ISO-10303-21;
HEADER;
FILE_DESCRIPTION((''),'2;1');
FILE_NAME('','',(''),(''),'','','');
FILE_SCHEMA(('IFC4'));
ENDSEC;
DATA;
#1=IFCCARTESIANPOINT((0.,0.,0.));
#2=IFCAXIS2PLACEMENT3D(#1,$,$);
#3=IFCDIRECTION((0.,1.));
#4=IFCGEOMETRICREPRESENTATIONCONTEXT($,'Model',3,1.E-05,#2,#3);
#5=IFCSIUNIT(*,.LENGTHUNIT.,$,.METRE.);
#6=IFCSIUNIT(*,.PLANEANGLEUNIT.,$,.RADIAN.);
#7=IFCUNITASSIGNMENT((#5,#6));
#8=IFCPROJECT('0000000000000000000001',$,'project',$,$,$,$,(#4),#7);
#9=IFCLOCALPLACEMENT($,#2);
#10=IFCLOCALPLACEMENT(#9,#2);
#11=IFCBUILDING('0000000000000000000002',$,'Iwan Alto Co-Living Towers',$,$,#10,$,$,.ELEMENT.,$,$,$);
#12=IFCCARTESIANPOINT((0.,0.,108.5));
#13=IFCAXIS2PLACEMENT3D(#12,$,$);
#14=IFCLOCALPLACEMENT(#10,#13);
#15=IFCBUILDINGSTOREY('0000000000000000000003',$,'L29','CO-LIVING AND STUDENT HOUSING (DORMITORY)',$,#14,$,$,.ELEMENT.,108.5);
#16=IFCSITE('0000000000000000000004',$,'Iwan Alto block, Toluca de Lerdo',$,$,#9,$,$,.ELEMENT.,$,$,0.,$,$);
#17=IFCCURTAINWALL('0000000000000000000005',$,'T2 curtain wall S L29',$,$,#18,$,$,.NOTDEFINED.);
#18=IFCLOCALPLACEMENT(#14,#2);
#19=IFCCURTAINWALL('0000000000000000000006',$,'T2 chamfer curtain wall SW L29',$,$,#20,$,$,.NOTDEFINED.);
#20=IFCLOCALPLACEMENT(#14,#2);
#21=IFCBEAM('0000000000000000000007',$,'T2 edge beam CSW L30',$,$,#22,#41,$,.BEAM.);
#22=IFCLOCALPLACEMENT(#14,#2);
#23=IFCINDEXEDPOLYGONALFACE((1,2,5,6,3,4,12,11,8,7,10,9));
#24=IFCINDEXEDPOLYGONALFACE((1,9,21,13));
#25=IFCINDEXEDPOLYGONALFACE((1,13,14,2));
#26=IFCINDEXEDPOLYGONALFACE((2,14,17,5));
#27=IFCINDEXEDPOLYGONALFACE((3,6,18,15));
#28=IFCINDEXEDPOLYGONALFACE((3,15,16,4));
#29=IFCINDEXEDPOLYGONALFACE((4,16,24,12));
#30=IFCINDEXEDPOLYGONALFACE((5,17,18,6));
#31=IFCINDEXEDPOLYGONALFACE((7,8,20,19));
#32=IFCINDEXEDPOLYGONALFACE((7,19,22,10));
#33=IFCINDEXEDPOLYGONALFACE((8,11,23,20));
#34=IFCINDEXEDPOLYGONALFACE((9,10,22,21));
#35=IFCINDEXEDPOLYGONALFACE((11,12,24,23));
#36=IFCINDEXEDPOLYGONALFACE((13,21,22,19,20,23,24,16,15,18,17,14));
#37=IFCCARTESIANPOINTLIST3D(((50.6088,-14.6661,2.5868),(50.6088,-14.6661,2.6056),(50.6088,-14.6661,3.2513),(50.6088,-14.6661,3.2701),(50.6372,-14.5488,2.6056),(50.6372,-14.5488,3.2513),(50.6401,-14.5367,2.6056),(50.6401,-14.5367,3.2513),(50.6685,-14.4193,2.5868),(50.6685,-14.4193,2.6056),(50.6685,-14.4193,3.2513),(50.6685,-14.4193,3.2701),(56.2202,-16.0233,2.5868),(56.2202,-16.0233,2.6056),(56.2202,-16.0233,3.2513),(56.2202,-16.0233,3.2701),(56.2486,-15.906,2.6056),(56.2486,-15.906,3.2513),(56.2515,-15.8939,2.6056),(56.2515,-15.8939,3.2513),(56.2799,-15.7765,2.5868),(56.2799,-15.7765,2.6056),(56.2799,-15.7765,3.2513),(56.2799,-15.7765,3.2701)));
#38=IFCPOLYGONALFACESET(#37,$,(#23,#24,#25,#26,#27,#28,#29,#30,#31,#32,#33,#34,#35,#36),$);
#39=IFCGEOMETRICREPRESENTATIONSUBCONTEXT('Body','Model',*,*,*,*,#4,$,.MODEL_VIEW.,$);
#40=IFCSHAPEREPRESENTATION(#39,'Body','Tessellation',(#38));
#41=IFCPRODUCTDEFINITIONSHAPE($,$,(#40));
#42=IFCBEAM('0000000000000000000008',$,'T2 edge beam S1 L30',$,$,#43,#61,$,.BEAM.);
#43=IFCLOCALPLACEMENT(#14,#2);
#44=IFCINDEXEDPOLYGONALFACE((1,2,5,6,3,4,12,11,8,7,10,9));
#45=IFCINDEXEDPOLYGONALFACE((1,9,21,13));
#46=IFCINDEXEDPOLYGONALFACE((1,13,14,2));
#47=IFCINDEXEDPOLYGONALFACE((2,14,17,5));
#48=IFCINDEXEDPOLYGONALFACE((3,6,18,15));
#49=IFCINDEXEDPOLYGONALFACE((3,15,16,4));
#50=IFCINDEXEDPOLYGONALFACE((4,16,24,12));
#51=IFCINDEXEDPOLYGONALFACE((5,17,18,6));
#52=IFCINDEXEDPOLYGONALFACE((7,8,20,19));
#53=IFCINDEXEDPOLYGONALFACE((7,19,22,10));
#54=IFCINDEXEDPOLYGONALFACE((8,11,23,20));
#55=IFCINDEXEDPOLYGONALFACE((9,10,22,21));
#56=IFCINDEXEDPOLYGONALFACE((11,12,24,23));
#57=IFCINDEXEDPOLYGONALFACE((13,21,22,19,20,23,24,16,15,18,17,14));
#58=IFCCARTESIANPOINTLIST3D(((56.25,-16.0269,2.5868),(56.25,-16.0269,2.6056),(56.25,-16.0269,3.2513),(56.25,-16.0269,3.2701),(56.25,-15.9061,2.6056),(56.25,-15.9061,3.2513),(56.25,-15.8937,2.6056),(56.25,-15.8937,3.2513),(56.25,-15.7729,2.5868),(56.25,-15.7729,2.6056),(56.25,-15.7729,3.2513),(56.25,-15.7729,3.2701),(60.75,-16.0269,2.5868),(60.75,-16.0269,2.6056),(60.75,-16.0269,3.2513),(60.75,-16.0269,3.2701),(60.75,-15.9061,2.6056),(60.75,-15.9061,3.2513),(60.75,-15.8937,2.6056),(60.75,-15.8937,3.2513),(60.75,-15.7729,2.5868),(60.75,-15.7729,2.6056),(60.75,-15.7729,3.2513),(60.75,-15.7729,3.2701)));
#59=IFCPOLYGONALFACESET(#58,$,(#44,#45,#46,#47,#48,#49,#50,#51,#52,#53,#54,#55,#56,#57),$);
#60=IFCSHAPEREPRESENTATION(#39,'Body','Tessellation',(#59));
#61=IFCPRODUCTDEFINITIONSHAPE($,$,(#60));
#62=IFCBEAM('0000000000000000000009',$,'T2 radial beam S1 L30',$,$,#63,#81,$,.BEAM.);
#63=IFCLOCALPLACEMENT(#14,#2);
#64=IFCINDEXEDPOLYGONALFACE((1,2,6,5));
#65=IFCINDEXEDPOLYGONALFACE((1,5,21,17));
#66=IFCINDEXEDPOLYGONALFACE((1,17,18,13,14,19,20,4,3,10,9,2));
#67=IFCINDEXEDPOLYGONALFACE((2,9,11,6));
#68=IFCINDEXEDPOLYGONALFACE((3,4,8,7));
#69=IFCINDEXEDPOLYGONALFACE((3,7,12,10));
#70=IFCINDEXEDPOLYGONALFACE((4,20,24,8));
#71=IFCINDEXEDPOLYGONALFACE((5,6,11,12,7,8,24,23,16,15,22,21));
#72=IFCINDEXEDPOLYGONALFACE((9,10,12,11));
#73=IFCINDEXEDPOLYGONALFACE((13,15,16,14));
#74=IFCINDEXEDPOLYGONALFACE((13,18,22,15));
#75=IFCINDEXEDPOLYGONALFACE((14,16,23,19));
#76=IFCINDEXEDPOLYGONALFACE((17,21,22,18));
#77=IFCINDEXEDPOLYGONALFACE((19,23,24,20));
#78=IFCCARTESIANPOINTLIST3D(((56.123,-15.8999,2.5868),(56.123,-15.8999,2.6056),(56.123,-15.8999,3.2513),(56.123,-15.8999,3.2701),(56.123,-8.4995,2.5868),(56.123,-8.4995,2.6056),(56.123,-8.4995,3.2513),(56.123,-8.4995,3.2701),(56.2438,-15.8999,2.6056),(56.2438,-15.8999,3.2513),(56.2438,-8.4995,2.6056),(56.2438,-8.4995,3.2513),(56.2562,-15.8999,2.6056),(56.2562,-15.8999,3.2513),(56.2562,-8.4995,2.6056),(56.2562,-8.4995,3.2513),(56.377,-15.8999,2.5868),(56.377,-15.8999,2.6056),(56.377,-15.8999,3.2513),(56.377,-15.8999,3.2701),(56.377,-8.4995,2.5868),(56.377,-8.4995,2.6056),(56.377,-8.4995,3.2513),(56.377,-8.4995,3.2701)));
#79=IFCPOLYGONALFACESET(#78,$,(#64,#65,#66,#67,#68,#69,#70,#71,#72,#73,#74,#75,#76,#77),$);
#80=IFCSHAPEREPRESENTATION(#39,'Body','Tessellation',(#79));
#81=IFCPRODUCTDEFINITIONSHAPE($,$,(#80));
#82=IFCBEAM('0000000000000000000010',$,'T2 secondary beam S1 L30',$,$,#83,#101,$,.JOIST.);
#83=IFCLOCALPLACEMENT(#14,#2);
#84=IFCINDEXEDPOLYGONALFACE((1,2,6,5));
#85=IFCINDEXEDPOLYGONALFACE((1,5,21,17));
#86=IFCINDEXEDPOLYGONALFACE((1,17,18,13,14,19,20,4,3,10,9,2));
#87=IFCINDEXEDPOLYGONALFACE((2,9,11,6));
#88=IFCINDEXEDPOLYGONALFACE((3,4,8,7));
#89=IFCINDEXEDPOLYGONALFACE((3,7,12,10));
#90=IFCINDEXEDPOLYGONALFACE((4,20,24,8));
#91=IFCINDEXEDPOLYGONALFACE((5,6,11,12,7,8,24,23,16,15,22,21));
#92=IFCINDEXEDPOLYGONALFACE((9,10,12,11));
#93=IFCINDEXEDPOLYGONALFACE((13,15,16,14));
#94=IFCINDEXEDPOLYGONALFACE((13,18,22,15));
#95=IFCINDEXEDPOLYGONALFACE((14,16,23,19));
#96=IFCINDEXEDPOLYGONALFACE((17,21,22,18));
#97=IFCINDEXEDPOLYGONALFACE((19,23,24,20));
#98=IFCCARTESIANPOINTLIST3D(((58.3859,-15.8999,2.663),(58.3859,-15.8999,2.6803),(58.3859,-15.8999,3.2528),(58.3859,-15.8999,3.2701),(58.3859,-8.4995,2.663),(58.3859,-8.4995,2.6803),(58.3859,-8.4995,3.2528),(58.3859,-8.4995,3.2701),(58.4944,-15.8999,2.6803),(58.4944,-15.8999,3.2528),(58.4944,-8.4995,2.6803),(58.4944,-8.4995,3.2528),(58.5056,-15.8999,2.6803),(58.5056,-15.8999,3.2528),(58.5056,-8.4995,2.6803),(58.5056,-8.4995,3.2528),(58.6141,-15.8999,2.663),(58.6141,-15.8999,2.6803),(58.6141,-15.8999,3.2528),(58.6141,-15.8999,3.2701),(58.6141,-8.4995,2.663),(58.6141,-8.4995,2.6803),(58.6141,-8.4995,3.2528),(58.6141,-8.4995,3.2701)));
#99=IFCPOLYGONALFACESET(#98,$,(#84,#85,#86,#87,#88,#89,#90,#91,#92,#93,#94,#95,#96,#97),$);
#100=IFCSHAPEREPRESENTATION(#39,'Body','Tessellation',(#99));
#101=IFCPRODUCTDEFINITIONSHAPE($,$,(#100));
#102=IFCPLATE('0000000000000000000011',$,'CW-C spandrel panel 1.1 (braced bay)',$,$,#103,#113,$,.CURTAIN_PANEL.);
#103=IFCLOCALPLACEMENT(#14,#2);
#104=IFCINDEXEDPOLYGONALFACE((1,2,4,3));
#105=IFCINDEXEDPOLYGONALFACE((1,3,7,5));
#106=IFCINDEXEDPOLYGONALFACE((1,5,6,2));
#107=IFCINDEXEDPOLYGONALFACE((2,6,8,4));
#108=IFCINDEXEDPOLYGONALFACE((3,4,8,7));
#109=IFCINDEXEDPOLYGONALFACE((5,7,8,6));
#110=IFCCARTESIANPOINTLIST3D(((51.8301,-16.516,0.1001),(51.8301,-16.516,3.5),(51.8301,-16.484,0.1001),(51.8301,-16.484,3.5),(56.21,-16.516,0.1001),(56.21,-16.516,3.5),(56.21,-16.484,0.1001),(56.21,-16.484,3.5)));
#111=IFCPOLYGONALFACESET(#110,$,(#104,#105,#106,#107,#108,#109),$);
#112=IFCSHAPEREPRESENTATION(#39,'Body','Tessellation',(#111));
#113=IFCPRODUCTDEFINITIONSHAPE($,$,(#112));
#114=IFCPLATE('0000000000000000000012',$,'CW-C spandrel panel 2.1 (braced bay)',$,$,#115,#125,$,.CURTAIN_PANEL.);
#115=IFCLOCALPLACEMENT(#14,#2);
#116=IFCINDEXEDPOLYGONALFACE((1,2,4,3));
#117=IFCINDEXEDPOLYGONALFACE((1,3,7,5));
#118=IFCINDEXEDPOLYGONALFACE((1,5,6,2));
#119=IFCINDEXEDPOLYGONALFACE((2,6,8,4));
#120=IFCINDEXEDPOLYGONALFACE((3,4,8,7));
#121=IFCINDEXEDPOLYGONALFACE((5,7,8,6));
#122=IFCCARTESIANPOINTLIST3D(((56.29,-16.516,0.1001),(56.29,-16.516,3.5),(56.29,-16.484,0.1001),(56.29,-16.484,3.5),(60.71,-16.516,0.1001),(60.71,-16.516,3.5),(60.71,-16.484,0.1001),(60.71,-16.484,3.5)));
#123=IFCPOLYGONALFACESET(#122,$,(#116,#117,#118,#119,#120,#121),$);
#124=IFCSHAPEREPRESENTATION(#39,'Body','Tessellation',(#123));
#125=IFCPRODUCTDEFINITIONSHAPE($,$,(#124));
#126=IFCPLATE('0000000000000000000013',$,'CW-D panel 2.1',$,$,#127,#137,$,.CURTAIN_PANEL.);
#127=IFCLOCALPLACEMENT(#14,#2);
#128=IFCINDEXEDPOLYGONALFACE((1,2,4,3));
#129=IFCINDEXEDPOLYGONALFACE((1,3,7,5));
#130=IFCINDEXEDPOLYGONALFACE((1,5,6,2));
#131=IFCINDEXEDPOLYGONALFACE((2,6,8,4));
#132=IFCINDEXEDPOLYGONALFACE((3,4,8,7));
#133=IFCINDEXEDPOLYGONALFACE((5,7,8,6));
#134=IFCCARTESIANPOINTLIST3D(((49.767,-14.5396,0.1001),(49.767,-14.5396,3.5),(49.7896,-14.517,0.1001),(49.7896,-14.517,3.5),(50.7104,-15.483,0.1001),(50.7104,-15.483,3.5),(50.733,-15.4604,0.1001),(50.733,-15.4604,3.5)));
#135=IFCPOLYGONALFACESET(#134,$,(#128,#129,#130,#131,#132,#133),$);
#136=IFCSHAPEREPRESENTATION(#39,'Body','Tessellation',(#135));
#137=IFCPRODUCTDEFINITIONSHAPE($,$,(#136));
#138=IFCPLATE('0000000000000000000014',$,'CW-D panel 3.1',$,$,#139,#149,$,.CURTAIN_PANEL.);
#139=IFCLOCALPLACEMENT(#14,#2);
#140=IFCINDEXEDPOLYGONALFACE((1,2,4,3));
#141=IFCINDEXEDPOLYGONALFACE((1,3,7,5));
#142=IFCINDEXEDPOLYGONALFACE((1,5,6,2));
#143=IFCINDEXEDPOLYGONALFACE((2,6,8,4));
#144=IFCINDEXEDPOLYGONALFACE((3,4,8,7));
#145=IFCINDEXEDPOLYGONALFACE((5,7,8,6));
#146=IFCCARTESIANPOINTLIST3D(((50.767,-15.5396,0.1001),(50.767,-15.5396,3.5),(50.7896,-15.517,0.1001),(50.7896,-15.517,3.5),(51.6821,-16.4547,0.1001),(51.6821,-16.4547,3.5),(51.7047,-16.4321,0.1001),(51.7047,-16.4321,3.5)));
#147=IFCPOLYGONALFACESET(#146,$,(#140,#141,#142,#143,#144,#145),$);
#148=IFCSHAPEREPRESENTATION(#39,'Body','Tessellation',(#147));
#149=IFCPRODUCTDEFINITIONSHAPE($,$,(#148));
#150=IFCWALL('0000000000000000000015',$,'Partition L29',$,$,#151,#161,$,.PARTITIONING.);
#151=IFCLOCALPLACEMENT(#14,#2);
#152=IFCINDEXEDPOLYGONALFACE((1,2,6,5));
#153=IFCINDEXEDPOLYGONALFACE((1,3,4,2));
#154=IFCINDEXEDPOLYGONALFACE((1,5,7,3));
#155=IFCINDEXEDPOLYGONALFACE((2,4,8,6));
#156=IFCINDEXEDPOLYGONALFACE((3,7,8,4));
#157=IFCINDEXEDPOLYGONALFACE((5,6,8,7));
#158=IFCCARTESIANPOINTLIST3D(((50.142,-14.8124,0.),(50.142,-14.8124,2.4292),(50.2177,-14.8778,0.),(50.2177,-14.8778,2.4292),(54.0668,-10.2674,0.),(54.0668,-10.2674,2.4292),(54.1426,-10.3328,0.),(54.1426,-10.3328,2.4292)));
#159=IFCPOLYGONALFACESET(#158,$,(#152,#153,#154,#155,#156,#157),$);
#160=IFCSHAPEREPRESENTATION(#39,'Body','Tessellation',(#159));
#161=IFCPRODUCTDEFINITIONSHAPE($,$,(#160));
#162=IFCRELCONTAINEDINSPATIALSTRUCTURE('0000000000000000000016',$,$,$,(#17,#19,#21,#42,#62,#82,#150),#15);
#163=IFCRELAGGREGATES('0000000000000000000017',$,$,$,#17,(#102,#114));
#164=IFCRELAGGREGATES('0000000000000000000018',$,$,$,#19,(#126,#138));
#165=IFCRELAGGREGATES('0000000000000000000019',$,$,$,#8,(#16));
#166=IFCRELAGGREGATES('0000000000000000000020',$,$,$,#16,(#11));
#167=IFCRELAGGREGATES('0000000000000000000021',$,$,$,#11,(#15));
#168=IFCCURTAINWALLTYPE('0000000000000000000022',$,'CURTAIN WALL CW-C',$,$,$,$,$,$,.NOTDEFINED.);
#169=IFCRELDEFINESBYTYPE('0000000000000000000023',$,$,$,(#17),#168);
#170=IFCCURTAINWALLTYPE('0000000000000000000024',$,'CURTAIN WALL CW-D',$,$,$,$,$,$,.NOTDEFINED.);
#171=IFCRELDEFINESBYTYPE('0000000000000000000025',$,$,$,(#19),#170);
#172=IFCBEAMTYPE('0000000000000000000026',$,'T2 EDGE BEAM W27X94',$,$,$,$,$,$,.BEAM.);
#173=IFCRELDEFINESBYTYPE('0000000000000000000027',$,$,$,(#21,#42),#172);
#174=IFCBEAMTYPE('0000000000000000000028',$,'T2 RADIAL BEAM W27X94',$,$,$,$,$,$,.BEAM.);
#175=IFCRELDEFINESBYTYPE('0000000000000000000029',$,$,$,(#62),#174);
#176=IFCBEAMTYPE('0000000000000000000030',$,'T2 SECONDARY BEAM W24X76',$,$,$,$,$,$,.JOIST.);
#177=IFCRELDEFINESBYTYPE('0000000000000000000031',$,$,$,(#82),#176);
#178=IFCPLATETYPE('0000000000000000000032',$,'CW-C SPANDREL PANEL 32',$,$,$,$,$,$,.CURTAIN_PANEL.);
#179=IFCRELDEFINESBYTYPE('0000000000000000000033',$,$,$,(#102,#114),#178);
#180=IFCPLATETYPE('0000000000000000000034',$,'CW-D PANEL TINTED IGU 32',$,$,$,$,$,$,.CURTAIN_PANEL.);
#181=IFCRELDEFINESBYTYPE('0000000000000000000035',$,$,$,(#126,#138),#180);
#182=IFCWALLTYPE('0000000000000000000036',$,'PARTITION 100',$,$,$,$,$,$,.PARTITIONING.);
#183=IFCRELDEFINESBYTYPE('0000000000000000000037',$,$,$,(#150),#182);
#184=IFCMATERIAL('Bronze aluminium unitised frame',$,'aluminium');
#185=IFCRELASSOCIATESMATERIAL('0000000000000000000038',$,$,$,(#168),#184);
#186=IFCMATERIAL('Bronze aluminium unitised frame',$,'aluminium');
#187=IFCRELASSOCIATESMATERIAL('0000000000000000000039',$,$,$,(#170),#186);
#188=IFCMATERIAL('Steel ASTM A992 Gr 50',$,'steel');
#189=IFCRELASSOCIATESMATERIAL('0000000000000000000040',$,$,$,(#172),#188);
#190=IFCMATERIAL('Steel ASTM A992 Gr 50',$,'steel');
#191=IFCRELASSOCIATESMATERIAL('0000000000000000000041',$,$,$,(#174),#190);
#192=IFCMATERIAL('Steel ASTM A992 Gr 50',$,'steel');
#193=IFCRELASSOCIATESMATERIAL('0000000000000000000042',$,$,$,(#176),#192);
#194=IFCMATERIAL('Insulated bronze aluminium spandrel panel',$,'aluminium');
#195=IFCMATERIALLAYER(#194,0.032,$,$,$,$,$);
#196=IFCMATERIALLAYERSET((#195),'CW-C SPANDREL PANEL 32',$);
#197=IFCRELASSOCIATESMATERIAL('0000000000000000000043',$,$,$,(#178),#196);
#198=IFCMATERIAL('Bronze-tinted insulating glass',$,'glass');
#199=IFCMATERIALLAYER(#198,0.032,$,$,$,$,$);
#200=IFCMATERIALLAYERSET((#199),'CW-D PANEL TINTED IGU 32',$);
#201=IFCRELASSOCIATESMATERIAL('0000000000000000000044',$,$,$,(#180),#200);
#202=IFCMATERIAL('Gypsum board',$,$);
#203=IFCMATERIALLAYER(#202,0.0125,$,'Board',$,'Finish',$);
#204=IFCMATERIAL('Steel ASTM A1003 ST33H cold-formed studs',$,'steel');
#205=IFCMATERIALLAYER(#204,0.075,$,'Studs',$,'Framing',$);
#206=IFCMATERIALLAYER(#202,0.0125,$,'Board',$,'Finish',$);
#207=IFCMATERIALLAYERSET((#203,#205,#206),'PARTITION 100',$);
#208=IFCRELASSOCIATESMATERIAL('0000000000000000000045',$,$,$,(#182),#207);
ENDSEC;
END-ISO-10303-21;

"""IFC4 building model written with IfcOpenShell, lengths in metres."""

from ifc_helpers import new_model, si_unit, direction, frame, frame_2d, origin, origin_2d, place, context, subcontext, project, spatial, rectangle, i_section, extrude, material, layer, layer_set, material_profile, profile_set, type_object, element, aggregate, save


model = new_model("IFC4")

# Units and contexts
model_context = context("Model", 3, precision=1e-05, world=origin(), true_north=direction((0.0, 1.0)))
body_context = subcontext(model_context, "Body", "Model", "MODEL_VIEW")
ifc_project = project(units=[si_unit("LENGTHUNIT", "METRE"), si_unit("PLANEANGLEUNIT", "RADIAN")], contexts=[model_context])

# Site, building, storey
site_placement = place(None, origin())
site = spatial("IfcSite", under=ifc_project, at=site_placement, Name="Iwan Alto block, Toluca de Lerdo", CompositionType="ELEMENT", RefElevation=0.0)
building_placement = place(site_placement, origin())
building = spatial("IfcBuilding", under=site, at=building_placement, Name="Iwan Alto Co-Living Towers", CompositionType="ELEMENT")
storey_placement = place(building_placement, frame((0.0, 0.0, 108.5)))
storey = spatial("IfcBuildingStorey", under=building, at=storey_placement, Name="L29", Description="CO-LIVING AND STUDENT HOUSING (DORMITORY)", CompositionType="ELEMENT", Elevation=108.5)

# Curtain walls
ifc_material_1 = material(Name="Bronze aluminium unitised frame", Category="aluminium")
curtain_wall_type_1 = type_object("IfcCurtainWallType", Name="CURTAIN WALL CW-C", PredefinedType="NOTDEFINED", material=ifc_material_1)
curtain_wall_1_placement = place(storey_placement, origin())
curtain_wall_1 = element("IfcCurtainWall", 1, at=curtain_wall_1_placement, inside=storey, type_object=curtain_wall_type_1, Name="T2 curtain wall S L29", PredefinedType="NOTDEFINED")
ifc_material_2 = material(Name="Bronze aluminium unitised frame", Category="aluminium")
curtain_wall_type_2 = type_object("IfcCurtainWallType", Name="CURTAIN WALL CW-D", PredefinedType="NOTDEFINED", material=ifc_material_2)
curtain_wall_2_placement = place(storey_placement, origin())
curtain_wall_2 = element("IfcCurtainWall", 2, at=curtain_wall_2_placement, inside=storey, type_object=curtain_wall_type_2, Name="T2 chamfer curtain wall SW L29", PredefinedType="NOTDEFINED")

# Beams
ifc_material_3 = material(Name="Steel ASTM A992 Gr 50", Category="steel")
ifc_material_profile_1 = material_profile(ifc_material_3, i_section(OverallWidth=0.2539, OverallDepth=0.6833, WebThickness=0.0125, FlangeThickness=0.0188, at=origin_2d()), Name="W27X94")
ifc_profile_set_1 = profile_set([ifc_material_profile_1], Name="Steel ASTM A992 Gr 50")
beam_type_1 = type_object("IfcBeamType", Name="T2 EDGE BEAM W27X94", PredefinedType="BEAM", material=ifc_profile_set_1)
beam_1_placement = place(storey_placement, frame((50.6387, -14.5427, 2.9285), z_axis=(0.971975, -0.235086, 0.0), x_axis=(0.235086, 0.971975, 0.0)))
element("IfcBeam", 3, at=beam_1_placement, inside=storey, type_object=beam_type_1, Name="T2 edge beam CSW L30", PredefinedType="BEAM", context=body_context, shape_type="SweptSolid", body=[
    extrude(i_section(OverallWidth=0.2539, OverallDepth=0.6833, WebThickness=0.0125, FlangeThickness=0.0188, at=origin_2d()), origin(), (0.0, 0.0, 1.0), 5.7732),
])
beam_2_placement = place(storey_placement, frame((56.25, -15.8999, 2.9285), z_axis=(1.0, 0.0, 0.0), x_axis=(0.0, 1.0, 0.0)))
element("IfcBeam", 4, at=beam_2_placement, inside=storey, type_object=beam_type_1, Name="T2 edge beam S1 L30", PredefinedType="BEAM", context=body_context, shape_type="SweptSolid", body=[
    extrude(i_section(OverallWidth=0.2539, OverallDepth=0.6833, WebThickness=0.0125, FlangeThickness=0.0188, at=origin_2d()), origin(), (0.0, 0.0, 1.0), 4.5),
])
ifc_material_4 = material(Name="Steel ASTM A992 Gr 50", Category="steel")
ifc_material_profile_2 = material_profile(ifc_material_4, i_section(OverallWidth=0.2539, OverallDepth=0.6833, WebThickness=0.0125, FlangeThickness=0.0188, at=origin_2d()), Name="W27X94")
ifc_profile_set_2 = profile_set([ifc_material_profile_2], Name="Steel ASTM A992 Gr 50")
beam_type_2 = type_object("IfcBeamType", Name="T2 RADIAL BEAM W27X94", PredefinedType="BEAM", material=ifc_profile_set_2)
beam_3_placement = place(storey_placement, frame((56.25, -15.8999, 2.9285), z_axis=(0.0, 1.0, 0.0), x_axis=(-1.0, 0.0, 0.0)))
element("IfcBeam", 5, at=beam_3_placement, inside=storey, type_object=beam_type_2, Name="T2 radial beam S1 L30", PredefinedType="BEAM", context=body_context, shape_type="SweptSolid", body=[
    extrude(i_section(OverallWidth=0.2539, OverallDepth=0.6833, WebThickness=0.0125, FlangeThickness=0.0188, at=origin_2d()), origin(), (0.0, 0.0, 1.0), 7.4004),
])
ifc_material_5 = material(Name="Steel ASTM A992 Gr 50", Category="steel")
ifc_material_profile_3 = material_profile(ifc_material_5, i_section(OverallWidth=0.2283, OverallDepth=0.6072, WebThickness=0.0112, FlangeThickness=0.0173, at=origin_2d()), Name="W24X76")
ifc_profile_set_3 = profile_set([ifc_material_profile_3], Name="Steel ASTM A992 Gr 50")
beam_type_3 = type_object("IfcBeamType", Name="T2 SECONDARY BEAM W24X76", PredefinedType="JOIST", material=ifc_profile_set_3)
beam_4_placement = place(storey_placement, frame((58.5, -15.8999, 2.9666), z_axis=(0.0, 1.0, 0.0), x_axis=(-1.0, 0.0, 0.0)))
element("IfcBeam", 6, at=beam_4_placement, inside=storey, type_object=beam_type_3, Name="T2 secondary beam S1 L30", PredefinedType="JOIST", context=body_context, shape_type="SweptSolid", body=[
    extrude(i_section(OverallWidth=0.2283, OverallDepth=0.6072, WebThickness=0.0112, FlangeThickness=0.0173, at=origin_2d()), origin(), (0.0, 0.0, 1.0), 7.4004),
])

# Plates
ifc_material_6 = material(Name="Insulated bronze aluminium spandrel panel", Category="aluminium")
ifc_layer_1 = layer(ifc_material_6, 0.032)
ifc_layer_set_1 = layer_set([ifc_layer_1], Name="CW-C SPANDREL PANEL 32")
plate_type_1 = type_object("IfcPlateType", Name="CW-C SPANDREL PANEL 32", PredefinedType="CURTAIN_PANEL", material=ifc_layer_set_1)
plate_1_placement = place(storey_placement, frame((54.02, -16.5, 0.1001), z_axis=(0.0, 0.0, 1.0), x_axis=(1.0, 0.0, 0.0)))
plate_1 = element("IfcPlate", 7, at=plate_1_placement, type_object=plate_type_1, Name="CW-C spandrel panel 1.1 (braced bay)", PredefinedType="CURTAIN_PANEL", context=body_context, shape_type="SweptSolid", body=[
    extrude(rectangle(XDim=4.3799, YDim=0.032, at=origin_2d()), origin(), (0.0, 0.0, 1.0), 3.3999),
])
plate_2_placement = place(storey_placement, frame((58.5, -16.5, 0.1001), z_axis=(0.0, 0.0, 1.0), x_axis=(1.0, 0.0, 0.0)))
plate_2 = element("IfcPlate", 8, at=plate_2_placement, type_object=plate_type_1, Name="CW-C spandrel panel 2.1 (braced bay)", PredefinedType="CURTAIN_PANEL", context=body_context, shape_type="SweptSolid", body=[
    extrude(rectangle(XDim=4.4199, YDim=0.032, at=origin_2d()), origin(), (0.0, 0.0, 1.0), 3.3999),
])
aggregate(curtain_wall_1, [plate_1, plate_2])
ifc_material_7 = material(Name="Bronze-tinted insulating glass", Category="glass")
ifc_layer_2 = layer(ifc_material_7, 0.032)
ifc_layer_set_2 = layer_set([ifc_layer_2], Name="CW-D PANEL TINTED IGU 32")
plate_type_2 = type_object("IfcPlateType", Name="CW-D PANEL TINTED IGU 32", PredefinedType="CURTAIN_PANEL", material=ifc_layer_set_2)
plate_3_placement = place(storey_placement, frame((50.25, -15.0, 0.1001), z_axis=(0.0, 0.0, 1.0), x_axis=(0.707107, -0.707107, 0.0)))
plate_3 = element("IfcPlate", 9, at=plate_3_placement, type_object=plate_type_2, Name="CW-D panel 2.1", PredefinedType="CURTAIN_PANEL", context=body_context, shape_type="SweptSolid", body=[
    extrude(rectangle(XDim=1.3342, YDim=0.032, at=origin_2d()), origin(), (0.0, 0.0, 1.0), 3.3999),
])
plate_4_placement = place(storey_placement, frame((51.2358, -15.9858, 0.1001), z_axis=(0.0, 0.0, 1.0), x_axis=(0.707107, -0.707107, 0.0)))
plate_4 = element("IfcPlate", 10, at=plate_4_placement, type_object=plate_type_2, Name="CW-D panel 3.1", PredefinedType="CURTAIN_PANEL", context=body_context, shape_type="SweptSolid", body=[
    extrude(rectangle(XDim=1.2942, YDim=0.032, at=origin_2d()), origin(), (0.0, 0.0, 1.0), 3.3999),
])
aggregate(curtain_wall_2, [plate_3, plate_4])

# Wall
ifc_material_8 = material(Name="Gypsum board")
ifc_layer_3 = layer(ifc_material_8, 0.0125, Name="Board", Category="Finish")
ifc_material_9 = material(Name="Steel ASTM A1003 ST33H cold-formed studs", Category="steel")
ifc_layer_4 = layer(ifc_material_9, 0.075, Name="Studs", Category="Framing")
ifc_layer_5 = layer(ifc_material_8, 0.0125, Name="Board", Category="Finish")
ifc_layer_set_3 = layer_set([ifc_layer_3, ifc_layer_4, ifc_layer_5], Name="PARTITION 100")
wall_type = type_object("IfcWallType", Name="PARTITION 100", PredefinedType="PARTITIONING", material=ifc_layer_set_3)
wall_1_placement = place(storey_placement, frame((50.1799, -14.845, 0.0), z_axis=(0.0, 0.0, 1.0), x_axis=(0.653586, 0.756852, 0.0)))
element("IfcWall", 11, at=wall_1_placement, inside=storey, type_object=wall_type, Name="Partition L29", PredefinedType="PARTITIONING", context=body_context, shape_type="SweptSolid", body=[
    extrude(rectangle(XDim=6.0051, YDim=0.1001, at=frame_2d((3.0024, 0.0))), origin(), (0.0, 0.0, 1.0), 2.4292),
])

save(model, "model.ifc")
